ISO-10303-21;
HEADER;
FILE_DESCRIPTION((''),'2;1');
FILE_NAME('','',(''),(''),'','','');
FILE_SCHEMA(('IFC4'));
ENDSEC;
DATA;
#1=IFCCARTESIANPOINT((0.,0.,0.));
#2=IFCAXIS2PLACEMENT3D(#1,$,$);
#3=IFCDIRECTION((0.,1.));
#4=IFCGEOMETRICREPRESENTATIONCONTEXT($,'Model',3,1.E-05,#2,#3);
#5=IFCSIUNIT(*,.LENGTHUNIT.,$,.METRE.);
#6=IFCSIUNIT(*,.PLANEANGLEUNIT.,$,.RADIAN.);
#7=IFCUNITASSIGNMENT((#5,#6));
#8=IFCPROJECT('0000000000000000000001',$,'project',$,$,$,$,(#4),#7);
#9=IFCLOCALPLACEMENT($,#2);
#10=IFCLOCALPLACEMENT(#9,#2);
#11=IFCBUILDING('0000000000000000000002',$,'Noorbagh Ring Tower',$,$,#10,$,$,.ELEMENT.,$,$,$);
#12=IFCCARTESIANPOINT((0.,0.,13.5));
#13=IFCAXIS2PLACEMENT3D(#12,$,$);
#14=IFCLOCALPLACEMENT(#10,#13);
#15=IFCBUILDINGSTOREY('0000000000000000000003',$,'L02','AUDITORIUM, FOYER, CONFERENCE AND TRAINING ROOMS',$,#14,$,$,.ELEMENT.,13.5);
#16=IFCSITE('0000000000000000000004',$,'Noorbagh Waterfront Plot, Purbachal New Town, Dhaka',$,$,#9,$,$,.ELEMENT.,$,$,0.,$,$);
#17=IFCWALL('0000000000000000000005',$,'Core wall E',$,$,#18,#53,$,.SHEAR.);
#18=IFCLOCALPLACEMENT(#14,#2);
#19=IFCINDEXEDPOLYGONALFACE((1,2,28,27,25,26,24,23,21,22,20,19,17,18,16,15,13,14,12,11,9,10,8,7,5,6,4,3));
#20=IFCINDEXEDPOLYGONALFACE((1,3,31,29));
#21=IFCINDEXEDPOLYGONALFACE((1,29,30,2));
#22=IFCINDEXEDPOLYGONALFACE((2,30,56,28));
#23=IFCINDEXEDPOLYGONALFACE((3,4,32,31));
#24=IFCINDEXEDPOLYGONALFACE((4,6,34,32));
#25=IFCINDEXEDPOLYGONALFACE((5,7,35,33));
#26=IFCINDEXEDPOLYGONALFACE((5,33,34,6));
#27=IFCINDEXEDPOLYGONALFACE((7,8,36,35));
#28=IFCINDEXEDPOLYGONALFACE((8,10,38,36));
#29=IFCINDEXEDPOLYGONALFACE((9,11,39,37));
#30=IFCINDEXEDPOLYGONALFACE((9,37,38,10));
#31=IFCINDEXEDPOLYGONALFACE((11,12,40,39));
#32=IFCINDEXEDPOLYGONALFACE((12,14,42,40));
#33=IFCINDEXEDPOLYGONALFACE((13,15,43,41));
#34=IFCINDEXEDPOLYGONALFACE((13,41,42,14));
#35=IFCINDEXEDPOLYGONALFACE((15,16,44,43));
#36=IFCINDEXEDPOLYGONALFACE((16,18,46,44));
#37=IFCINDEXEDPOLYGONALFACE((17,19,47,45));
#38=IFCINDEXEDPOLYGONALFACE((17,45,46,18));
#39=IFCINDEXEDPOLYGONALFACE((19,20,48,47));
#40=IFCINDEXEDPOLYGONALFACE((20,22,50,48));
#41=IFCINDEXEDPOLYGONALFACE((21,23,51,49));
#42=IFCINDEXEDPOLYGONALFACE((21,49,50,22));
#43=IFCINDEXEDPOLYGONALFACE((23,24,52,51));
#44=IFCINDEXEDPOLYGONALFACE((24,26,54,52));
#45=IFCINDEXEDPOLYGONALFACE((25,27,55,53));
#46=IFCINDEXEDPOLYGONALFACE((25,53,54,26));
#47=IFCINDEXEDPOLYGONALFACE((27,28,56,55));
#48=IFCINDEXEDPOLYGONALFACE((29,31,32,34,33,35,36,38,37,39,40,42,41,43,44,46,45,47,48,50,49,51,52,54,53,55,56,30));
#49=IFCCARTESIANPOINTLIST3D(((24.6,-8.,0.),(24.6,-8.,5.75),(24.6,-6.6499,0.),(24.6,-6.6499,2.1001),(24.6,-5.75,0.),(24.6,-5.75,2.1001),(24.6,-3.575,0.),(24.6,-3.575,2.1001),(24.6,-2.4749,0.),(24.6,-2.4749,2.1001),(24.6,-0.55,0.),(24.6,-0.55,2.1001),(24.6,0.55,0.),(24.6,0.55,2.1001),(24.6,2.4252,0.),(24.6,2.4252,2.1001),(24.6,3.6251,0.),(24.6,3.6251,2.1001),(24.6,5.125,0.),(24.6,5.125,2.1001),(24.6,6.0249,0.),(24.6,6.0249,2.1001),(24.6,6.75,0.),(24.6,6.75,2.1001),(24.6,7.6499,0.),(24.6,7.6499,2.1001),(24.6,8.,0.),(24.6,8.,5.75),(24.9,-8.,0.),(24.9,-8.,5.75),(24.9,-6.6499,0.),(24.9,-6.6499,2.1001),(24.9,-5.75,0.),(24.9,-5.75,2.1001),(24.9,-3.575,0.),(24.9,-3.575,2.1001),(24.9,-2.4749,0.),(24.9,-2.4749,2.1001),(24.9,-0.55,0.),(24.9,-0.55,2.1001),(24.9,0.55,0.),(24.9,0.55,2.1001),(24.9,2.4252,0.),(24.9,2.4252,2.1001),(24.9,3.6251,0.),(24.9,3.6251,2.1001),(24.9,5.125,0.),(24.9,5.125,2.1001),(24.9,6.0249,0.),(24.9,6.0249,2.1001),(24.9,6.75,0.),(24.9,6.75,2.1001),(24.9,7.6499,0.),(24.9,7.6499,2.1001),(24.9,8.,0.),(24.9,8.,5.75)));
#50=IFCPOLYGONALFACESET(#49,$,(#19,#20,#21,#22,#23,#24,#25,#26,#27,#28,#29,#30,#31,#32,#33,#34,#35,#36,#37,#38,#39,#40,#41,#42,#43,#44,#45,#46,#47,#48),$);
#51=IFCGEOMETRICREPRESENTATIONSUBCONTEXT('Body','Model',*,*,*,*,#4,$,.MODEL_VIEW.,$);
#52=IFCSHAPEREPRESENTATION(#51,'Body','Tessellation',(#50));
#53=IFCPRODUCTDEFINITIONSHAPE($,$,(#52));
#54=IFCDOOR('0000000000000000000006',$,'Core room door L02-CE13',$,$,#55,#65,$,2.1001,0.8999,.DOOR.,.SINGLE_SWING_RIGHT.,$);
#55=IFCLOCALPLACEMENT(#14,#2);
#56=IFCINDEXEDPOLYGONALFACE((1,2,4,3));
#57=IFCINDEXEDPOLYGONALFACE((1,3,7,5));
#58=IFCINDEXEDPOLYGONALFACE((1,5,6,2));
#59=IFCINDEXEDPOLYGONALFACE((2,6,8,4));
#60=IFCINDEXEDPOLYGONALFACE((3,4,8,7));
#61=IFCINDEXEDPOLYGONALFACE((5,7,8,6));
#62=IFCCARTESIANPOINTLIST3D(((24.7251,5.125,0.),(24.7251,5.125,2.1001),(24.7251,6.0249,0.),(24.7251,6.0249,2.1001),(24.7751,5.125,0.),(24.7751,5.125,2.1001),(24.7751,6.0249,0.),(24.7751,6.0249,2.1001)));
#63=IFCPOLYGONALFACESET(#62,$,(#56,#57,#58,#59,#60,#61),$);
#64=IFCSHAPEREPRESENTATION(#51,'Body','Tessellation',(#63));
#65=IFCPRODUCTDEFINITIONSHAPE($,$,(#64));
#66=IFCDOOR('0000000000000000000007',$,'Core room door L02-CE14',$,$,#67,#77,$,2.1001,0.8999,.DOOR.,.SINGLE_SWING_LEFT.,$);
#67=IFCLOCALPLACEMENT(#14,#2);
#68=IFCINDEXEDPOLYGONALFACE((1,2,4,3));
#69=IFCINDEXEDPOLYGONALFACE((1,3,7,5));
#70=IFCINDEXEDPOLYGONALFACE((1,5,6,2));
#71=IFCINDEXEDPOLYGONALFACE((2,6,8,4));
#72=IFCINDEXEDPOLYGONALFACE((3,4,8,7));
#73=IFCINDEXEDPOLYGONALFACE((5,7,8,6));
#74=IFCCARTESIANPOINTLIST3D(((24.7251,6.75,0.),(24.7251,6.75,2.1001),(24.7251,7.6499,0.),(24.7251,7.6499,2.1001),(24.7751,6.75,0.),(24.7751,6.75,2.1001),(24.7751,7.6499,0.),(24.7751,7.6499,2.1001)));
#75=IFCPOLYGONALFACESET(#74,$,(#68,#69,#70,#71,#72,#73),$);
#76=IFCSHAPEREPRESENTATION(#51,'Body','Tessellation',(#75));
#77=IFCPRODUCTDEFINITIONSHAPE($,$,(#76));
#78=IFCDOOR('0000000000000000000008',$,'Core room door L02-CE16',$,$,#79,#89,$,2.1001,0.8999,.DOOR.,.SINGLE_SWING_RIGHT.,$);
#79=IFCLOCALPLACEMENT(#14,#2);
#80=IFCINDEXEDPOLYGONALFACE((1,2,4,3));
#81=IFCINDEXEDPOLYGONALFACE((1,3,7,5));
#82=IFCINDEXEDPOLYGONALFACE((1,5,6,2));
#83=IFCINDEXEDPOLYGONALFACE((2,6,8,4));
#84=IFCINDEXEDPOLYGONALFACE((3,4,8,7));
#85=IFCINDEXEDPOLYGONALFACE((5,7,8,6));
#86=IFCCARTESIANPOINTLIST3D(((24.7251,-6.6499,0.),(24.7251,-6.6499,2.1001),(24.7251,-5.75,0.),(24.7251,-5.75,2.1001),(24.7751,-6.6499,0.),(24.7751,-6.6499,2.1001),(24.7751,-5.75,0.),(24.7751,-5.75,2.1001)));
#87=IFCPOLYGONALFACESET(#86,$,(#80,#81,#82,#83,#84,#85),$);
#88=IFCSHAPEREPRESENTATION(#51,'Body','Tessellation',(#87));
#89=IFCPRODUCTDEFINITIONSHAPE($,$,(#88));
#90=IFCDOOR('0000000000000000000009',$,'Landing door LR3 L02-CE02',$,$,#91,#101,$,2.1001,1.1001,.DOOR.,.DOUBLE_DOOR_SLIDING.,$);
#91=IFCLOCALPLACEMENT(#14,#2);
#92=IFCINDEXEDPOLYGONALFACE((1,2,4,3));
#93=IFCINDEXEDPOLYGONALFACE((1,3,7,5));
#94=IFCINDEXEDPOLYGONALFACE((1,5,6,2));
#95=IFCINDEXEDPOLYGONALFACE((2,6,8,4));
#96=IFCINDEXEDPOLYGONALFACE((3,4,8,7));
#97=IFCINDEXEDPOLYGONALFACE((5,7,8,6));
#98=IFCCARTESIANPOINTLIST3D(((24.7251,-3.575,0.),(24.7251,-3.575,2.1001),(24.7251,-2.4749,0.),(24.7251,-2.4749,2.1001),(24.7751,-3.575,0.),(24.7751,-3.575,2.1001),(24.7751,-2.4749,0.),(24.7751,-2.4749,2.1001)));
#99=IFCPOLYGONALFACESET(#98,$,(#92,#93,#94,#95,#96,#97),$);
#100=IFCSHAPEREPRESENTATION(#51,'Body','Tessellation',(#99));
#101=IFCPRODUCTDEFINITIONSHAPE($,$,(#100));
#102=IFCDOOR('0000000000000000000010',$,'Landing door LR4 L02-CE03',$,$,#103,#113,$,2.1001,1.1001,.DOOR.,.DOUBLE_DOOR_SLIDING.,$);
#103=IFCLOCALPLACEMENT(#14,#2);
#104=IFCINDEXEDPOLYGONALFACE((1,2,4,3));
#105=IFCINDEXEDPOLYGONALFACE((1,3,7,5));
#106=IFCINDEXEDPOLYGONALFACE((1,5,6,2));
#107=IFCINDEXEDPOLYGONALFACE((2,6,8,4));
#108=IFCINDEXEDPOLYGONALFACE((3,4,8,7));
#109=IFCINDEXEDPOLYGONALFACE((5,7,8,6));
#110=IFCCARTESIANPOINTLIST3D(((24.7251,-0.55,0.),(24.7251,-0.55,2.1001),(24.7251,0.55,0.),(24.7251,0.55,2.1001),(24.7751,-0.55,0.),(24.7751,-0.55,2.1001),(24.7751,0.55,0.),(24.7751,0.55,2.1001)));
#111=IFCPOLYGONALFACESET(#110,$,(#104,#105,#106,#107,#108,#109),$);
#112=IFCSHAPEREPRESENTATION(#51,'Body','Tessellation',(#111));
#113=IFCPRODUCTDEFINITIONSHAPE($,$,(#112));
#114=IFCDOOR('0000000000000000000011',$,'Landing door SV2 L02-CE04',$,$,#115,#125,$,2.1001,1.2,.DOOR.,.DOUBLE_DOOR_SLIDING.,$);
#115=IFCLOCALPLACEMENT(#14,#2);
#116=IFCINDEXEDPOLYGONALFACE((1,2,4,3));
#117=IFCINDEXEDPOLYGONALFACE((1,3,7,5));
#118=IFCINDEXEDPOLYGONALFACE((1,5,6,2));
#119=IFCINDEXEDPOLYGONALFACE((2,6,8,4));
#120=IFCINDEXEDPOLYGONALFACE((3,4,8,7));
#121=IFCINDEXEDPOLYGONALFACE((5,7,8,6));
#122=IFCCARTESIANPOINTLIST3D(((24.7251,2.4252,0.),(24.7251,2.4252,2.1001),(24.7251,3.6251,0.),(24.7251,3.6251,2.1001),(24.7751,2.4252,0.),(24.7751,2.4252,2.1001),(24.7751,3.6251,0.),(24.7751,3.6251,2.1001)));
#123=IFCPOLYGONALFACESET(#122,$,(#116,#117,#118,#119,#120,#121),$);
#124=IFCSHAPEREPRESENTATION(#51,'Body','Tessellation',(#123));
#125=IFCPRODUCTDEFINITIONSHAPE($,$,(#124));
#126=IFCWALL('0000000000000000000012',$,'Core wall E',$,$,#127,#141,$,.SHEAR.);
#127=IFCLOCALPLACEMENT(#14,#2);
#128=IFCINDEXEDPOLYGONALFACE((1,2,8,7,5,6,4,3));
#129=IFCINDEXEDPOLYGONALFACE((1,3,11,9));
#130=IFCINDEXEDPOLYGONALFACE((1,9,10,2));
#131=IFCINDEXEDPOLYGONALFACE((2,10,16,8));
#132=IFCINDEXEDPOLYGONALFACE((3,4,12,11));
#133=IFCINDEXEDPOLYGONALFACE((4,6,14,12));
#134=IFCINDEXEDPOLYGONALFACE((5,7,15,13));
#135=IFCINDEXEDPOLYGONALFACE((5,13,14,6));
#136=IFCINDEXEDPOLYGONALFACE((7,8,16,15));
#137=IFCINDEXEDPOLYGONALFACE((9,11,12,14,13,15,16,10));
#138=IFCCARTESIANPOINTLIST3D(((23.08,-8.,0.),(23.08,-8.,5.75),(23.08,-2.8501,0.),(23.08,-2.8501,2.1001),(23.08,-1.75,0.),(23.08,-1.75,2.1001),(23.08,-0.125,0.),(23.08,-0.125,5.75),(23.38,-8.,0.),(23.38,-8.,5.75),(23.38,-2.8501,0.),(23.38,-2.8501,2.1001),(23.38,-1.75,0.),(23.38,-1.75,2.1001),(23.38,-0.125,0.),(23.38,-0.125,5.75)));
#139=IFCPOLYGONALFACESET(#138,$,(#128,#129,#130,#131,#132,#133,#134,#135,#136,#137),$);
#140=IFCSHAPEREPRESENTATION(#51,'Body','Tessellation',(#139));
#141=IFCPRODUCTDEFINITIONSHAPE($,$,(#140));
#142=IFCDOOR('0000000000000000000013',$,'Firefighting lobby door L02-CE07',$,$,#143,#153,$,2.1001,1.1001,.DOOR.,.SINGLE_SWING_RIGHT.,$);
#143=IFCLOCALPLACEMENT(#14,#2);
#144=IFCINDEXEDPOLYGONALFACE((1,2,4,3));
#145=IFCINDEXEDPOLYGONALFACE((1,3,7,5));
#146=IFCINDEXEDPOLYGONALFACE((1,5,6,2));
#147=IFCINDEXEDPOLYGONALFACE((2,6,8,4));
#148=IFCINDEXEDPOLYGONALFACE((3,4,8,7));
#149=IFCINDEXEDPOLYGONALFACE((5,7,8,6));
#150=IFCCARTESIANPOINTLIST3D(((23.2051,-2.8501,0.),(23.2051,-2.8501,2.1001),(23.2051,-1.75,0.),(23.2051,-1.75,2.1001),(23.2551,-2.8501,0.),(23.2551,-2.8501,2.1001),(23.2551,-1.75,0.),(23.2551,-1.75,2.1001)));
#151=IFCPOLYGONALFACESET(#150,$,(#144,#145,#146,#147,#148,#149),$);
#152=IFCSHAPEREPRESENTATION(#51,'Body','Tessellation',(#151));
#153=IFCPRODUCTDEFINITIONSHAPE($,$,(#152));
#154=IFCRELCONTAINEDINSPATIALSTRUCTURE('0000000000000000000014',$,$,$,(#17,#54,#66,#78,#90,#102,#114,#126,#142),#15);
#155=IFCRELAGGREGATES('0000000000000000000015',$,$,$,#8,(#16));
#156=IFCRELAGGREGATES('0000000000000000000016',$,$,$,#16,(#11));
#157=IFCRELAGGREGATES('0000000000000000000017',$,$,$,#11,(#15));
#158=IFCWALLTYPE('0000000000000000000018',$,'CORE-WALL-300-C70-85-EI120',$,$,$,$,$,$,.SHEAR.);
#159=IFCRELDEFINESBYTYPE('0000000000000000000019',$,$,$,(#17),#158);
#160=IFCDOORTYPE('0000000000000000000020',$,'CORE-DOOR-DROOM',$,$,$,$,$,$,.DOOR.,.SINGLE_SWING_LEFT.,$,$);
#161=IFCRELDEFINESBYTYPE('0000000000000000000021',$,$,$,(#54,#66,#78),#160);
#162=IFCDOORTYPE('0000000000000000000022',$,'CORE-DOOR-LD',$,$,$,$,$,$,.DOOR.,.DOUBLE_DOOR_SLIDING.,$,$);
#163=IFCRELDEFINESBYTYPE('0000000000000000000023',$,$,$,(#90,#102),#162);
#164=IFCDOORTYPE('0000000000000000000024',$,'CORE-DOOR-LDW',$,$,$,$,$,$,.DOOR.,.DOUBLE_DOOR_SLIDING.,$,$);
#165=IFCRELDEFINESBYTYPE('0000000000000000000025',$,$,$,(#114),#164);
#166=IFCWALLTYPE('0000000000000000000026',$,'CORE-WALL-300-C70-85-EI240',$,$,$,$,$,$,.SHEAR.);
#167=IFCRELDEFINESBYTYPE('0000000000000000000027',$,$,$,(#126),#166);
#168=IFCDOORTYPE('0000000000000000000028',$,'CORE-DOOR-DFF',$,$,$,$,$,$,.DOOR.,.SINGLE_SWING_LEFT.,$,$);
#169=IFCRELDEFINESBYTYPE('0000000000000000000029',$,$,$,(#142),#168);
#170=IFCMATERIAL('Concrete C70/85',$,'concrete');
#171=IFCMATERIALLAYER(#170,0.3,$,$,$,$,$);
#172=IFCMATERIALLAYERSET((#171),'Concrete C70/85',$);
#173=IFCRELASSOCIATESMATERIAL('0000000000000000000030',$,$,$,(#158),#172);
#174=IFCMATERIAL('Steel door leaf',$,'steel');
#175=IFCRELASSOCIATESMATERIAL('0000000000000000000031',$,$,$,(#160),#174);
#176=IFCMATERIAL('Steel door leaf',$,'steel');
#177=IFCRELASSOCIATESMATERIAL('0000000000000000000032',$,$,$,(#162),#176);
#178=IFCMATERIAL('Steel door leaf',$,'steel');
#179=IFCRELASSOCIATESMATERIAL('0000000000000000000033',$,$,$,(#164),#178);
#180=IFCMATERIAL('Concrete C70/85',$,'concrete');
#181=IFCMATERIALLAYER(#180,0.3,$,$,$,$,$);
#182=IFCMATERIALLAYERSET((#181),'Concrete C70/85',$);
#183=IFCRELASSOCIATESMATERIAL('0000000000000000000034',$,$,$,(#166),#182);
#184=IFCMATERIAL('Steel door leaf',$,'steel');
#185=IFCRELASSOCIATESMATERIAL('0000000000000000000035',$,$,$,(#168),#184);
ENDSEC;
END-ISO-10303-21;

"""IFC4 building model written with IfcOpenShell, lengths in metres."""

from ifc_helpers import new_model, si_unit, direction, frame, frame_2d, origin, place, context, subcontext, project, spatial, rectangle, extrude, material, layer, layer_set, type_object, element, fill, save


model = new_model("IFC4")

# Units and contexts
model_context = context("Model", 3, precision=1e-05, world=origin(), true_north=direction((0.0, 1.0)))
body_context = subcontext(model_context, "Body", "Model", "MODEL_VIEW")
ifc_project = project(units=[si_unit("LENGTHUNIT", "METRE"), si_unit("PLANEANGLEUNIT", "RADIAN")], contexts=[model_context])

# Site, building, storey
site_placement = place(None, origin())
site = spatial("IfcSite", under=ifc_project, at=site_placement, Name="Noorbagh Waterfront Plot, Purbachal New Town, Dhaka", CompositionType="ELEMENT", RefElevation=0.0)
building_placement = place(site_placement, origin())
building = spatial("IfcBuilding", under=site, at=building_placement, Name="Noorbagh Ring Tower", CompositionType="ELEMENT")
storey_placement = place(building_placement, frame((0.0, 0.0, 13.5)))
storey = spatial("IfcBuildingStorey", under=building, at=storey_placement, Name="L02", Description="AUDITORIUM, FOYER, CONFERENCE AND TRAINING ROOMS", CompositionType="ELEMENT", Elevation=13.5)

# Wall, openings, doors
ifc_material_1 = material(Name="Concrete C70/85", Category="concrete")
ifc_layer_1 = layer(ifc_material_1, 0.3)
ifc_layer_set_1 = layer_set([ifc_layer_1], Name="Concrete C70/85")
wall_type_1 = type_object("IfcWallType", Name="CORE-WALL-300-C70-85-EI120", PredefinedType="SHEAR", material=ifc_layer_set_1)
wall_1_placement = place(storey_placement, frame((24.75, -8.0, 0.0), z_axis=(0.0, 0.0, 1.0), x_axis=(0.0, 1.0, 0.0)))
wall_1 = element("IfcWall", 1, at=wall_1_placement, inside=storey, type_object=wall_type_1, Name="Core wall E", PredefinedType="SHEAR", context=body_context, shape_type="SweptSolid", body=[
    extrude(rectangle(XDim=16.0, YDim=0.3, at=frame_2d((8.0, 0.0))), origin(), (0.0, 0.0, 1.0), 5.75),
])
opening_1_placement = place(wall_1_placement, frame((4.425, 0.0, 0.0)))
opening_1 = element("IfcOpeningElement", 2, at=opening_1_placement, cuts=wall_1, PredefinedType="OPENING", context=body_context, shape_type="SweptSolid", body=[
    extrude(rectangle(XDim=1.1001, YDim=2.1001, at=frame_2d((0.55, 1.05))), frame((0.0, 0.1602, 0.0), z_axis=(0.0, -1.0, 0.0), x_axis=(1.0, 0.0, 0.0)), (0.0, 0.0, 1.0), 0.3201),
])
opening_2_placement = place(wall_1_placement, frame((7.45, 0.0, 0.0)))
opening_2 = element("IfcOpeningElement", 3, at=opening_2_placement, cuts=wall_1, PredefinedType="OPENING", context=body_context, shape_type="SweptSolid", body=[
    extrude(rectangle(XDim=1.1001, YDim=2.1001, at=frame_2d((0.55, 1.05))), frame((0.0, 0.1602, 0.0), z_axis=(0.0, -1.0, 0.0), x_axis=(1.0, 0.0, 0.0)), (0.0, 0.0, 1.0), 0.3201),
])
opening_3_placement = place(wall_1_placement, frame((10.425, 0.0, 0.0)))
opening_3 = element("IfcOpeningElement", 4, at=opening_3_placement, cuts=wall_1, PredefinedType="OPENING", context=body_context, shape_type="SweptSolid", body=[
    extrude(rectangle(XDim=1.2, YDim=2.1001, at=frame_2d((0.6001, 1.05))), frame((0.0, 0.1602, 0.0), z_axis=(0.0, -1.0, 0.0), x_axis=(1.0, 0.0, 0.0)), (0.0, 0.0, 1.0), 0.3201),
])
opening_4_placement = place(wall_1_placement, frame((13.125, 0.0, 0.0)))
opening_4 = element("IfcOpeningElement", 5, at=opening_4_placement, cuts=wall_1, PredefinedType="OPENING", context=body_context, shape_type="SweptSolid", body=[
    extrude(rectangle(XDim=0.8999, YDim=2.1001, at=frame_2d((0.45, 1.05))), frame((0.0, 0.1602, 0.0), z_axis=(0.0, -1.0, 0.0), x_axis=(1.0, 0.0, 0.0)), (0.0, 0.0, 1.0), 0.3201),
])
opening_5_placement = place(wall_1_placement, frame((14.75, 0.0, 0.0)))
opening_5 = element("IfcOpeningElement", 6, at=opening_5_placement, cuts=wall_1, PredefinedType="OPENING", context=body_context, shape_type="SweptSolid", body=[
    extrude(rectangle(XDim=0.8999, YDim=2.1001, at=frame_2d((0.45, 1.05))), frame((0.0, 0.1602, 0.0), z_axis=(0.0, -1.0, 0.0), x_axis=(1.0, 0.0, 0.0)), (0.0, 0.0, 1.0), 0.3201),
])
opening_6_placement = place(wall_1_placement, frame((1.3501, 0.0, 0.0)))
opening_6 = element("IfcOpeningElement", 7, at=opening_6_placement, cuts=wall_1, PredefinedType="OPENING", context=body_context, shape_type="SweptSolid", body=[
    extrude(rectangle(XDim=0.8999, YDim=2.1001, at=frame_2d((0.45, 1.05))), frame((0.0, 0.1602, 0.0), z_axis=(0.0, -1.0, 0.0), x_axis=(1.0, 0.0, 0.0)), (0.0, 0.0, 1.0), 0.3201),
])
ifc_material_2 = material(Name="Steel door leaf", Category="steel")
door_type_1 = type_object("IfcDoorType", Name="CORE-DOOR-DROOM", OperationType="SINGLE_SWING_LEFT", PredefinedType="DOOR", material=ifc_material_2)
door_1_placement = place(opening_4_placement, origin())
door_1 = element("IfcDoor", 8, at=door_1_placement, inside=storey, type_object=door_type_1, Name="Core room door L02-CE13", OperationType="SINGLE_SWING_RIGHT", OverallHeight=2.1001, OverallWidth=0.8999, PredefinedType="DOOR", context=body_context, shape_type="SweptSolid", body=[
    extrude(rectangle(XDim=0.8999, YDim=2.1001, at=frame_2d((0.45, 1.05))), frame((0.0, 0.0249, 0.0), z_axis=(0.0, -1.0, 0.0), x_axis=(1.0, 0.0, 0.0)), (0.0, 0.0, 1.0), 0.05),
])
fill(opening_4, door_1)
door_2_placement = place(opening_5_placement, origin())
door_2 = element("IfcDoor", 9, at=door_2_placement, inside=storey, type_object=door_type_1, Name="Core room door L02-CE14", OperationType="SINGLE_SWING_LEFT", OverallHeight=2.1001, OverallWidth=0.8999, PredefinedType="DOOR", context=body_context, shape_type="SweptSolid", body=[
    extrude(rectangle(XDim=0.8999, YDim=2.1001, at=frame_2d((0.45, 1.05))), frame((0.0, 0.0249, 0.0), z_axis=(0.0, -1.0, 0.0), x_axis=(1.0, 0.0, 0.0)), (0.0, 0.0, 1.0), 0.05),
])
fill(opening_5, door_2)
door_3_placement = place(opening_6_placement, origin())
door_3 = element("IfcDoor", 10, at=door_3_placement, inside=storey, type_object=door_type_1, Name="Core room door L02-CE16", OperationType="SINGLE_SWING_RIGHT", OverallHeight=2.1001, OverallWidth=0.8999, PredefinedType="DOOR", context=body_context, shape_type="SweptSolid", body=[
    extrude(rectangle(XDim=0.8999, YDim=2.1001, at=frame_2d((0.45, 1.05))), frame((0.0, 0.0249, 0.0), z_axis=(0.0, -1.0, 0.0), x_axis=(1.0, 0.0, 0.0)), (0.0, 0.0, 1.0), 0.05),
])
fill(opening_6, door_3)
ifc_material_3 = material(Name="Steel door leaf", Category="steel")
door_type_2 = type_object("IfcDoorType", Name="CORE-DOOR-LD", OperationType="DOUBLE_DOOR_SLIDING", PredefinedType="DOOR", material=ifc_material_3)
door_4_placement = place(opening_1_placement, origin())
door_4 = element("IfcDoor", 11, at=door_4_placement, inside=storey, type_object=door_type_2, Name="Landing door LR3 L02-CE02", OperationType="DOUBLE_DOOR_SLIDING", OverallHeight=2.1001, OverallWidth=1.1001, PredefinedType="DOOR", context=body_context, shape_type="SweptSolid", body=[
    extrude(rectangle(XDim=1.1001, YDim=2.1001, at=frame_2d((0.55, 1.05))), frame((0.0, 0.0249, 0.0), z_axis=(0.0, -1.0, 0.0), x_axis=(1.0, 0.0, 0.0)), (0.0, 0.0, 1.0), 0.05),
])
fill(opening_1, door_4)
door_5_placement = place(opening_2_placement, origin())
door_5 = element("IfcDoor", 12, at=door_5_placement, inside=storey, type_object=door_type_2, Name="Landing door LR4 L02-CE03", OperationType="DOUBLE_DOOR_SLIDING", OverallHeight=2.1001, OverallWidth=1.1001, PredefinedType="DOOR", context=body_context, shape_type="SweptSolid", body=[
    extrude(rectangle(XDim=1.1001, YDim=2.1001, at=frame_2d((0.55, 1.05))), frame((0.0, 0.0249, 0.0), z_axis=(0.0, -1.0, 0.0), x_axis=(1.0, 0.0, 0.0)), (0.0, 0.0, 1.0), 0.05),
])
fill(opening_2, door_5)
ifc_material_4 = material(Name="Steel door leaf", Category="steel")
door_type_3 = type_object("IfcDoorType", Name="CORE-DOOR-LDW", OperationType="DOUBLE_DOOR_SLIDING", PredefinedType="DOOR", material=ifc_material_4)
door_6_placement = place(opening_3_placement, origin())
door_6 = element("IfcDoor", 13, at=door_6_placement, inside=storey, type_object=door_type_3, Name="Landing door SV2 L02-CE04", OperationType="DOUBLE_DOOR_SLIDING", OverallHeight=2.1001, OverallWidth=1.2, PredefinedType="DOOR", context=body_context, shape_type="SweptSolid", body=[
    extrude(rectangle(XDim=1.2, YDim=2.1001, at=frame_2d((0.6001, 1.05))), frame((0.0, 0.0249, 0.0), z_axis=(0.0, -1.0, 0.0), x_axis=(1.0, 0.0, 0.0)), (0.0, 0.0, 1.0), 0.05),
])
fill(opening_3, door_6)

# Wall, opening, door
ifc_material_5 = material(Name="Concrete C70/85", Category="concrete")
ifc_layer_2 = layer(ifc_material_5, 0.3)
ifc_layer_set_2 = layer_set([ifc_layer_2], Name="Concrete C70/85")
wall_type_2 = type_object("IfcWallType", Name="CORE-WALL-300-C70-85-EI240", PredefinedType="SHEAR", material=ifc_layer_set_2)
wall_2_placement = place(storey_placement, frame((23.23, -8.0, 0.0), z_axis=(0.0, 0.0, 1.0), x_axis=(0.0, 1.0, 0.0)))
wall_2 = element("IfcWall", 14, at=wall_2_placement, inside=storey, type_object=wall_type_2, Name="Core wall E", PredefinedType="SHEAR", context=body_context, shape_type="SweptSolid", body=[
    extrude(rectangle(XDim=7.875, YDim=0.3, at=frame_2d((3.9375, 0.0))), origin(), (0.0, 0.0, 1.0), 5.75),
])
opening_7_placement = place(wall_2_placement, frame((5.1499, 0.0, 0.0)))
opening_7 = element("IfcOpeningElement", 15, at=opening_7_placement, cuts=wall_2, PredefinedType="OPENING", context=body_context, shape_type="SweptSolid", body=[
    extrude(rectangle(XDim=1.1001, YDim=2.1001, at=frame_2d((0.55, 1.05))), frame((0.0, 0.1602, 0.0), z_axis=(0.0, -1.0, 0.0), x_axis=(1.0, 0.0, 0.0)), (0.0, 0.0, 1.0), 0.3201),
])
ifc_material_6 = material(Name="Steel door leaf", Category="steel")
door_type_4 = type_object("IfcDoorType", Name="CORE-DOOR-DFF", OperationType="SINGLE_SWING_LEFT", PredefinedType="DOOR", material=ifc_material_6)
door_7_placement = place(opening_7_placement, origin())
door_7 = element("IfcDoor", 16, at=door_7_placement, inside=storey, type_object=door_type_4, Name="Firefighting lobby door L02-CE07", OperationType="SINGLE_SWING_RIGHT", OverallHeight=2.1001, OverallWidth=1.1001, PredefinedType="DOOR", context=body_context, shape_type="SweptSolid", body=[
    extrude(rectangle(XDim=1.1001, YDim=2.1001, at=frame_2d((0.55, 1.05))), frame((0.0, 0.0249, 0.0), z_axis=(0.0, -1.0, 0.0), x_axis=(1.0, 0.0, 0.0)), (0.0, 0.0, 1.0), 0.05),
])
fill(opening_7, door_7)

save(model, "model.ifc")
